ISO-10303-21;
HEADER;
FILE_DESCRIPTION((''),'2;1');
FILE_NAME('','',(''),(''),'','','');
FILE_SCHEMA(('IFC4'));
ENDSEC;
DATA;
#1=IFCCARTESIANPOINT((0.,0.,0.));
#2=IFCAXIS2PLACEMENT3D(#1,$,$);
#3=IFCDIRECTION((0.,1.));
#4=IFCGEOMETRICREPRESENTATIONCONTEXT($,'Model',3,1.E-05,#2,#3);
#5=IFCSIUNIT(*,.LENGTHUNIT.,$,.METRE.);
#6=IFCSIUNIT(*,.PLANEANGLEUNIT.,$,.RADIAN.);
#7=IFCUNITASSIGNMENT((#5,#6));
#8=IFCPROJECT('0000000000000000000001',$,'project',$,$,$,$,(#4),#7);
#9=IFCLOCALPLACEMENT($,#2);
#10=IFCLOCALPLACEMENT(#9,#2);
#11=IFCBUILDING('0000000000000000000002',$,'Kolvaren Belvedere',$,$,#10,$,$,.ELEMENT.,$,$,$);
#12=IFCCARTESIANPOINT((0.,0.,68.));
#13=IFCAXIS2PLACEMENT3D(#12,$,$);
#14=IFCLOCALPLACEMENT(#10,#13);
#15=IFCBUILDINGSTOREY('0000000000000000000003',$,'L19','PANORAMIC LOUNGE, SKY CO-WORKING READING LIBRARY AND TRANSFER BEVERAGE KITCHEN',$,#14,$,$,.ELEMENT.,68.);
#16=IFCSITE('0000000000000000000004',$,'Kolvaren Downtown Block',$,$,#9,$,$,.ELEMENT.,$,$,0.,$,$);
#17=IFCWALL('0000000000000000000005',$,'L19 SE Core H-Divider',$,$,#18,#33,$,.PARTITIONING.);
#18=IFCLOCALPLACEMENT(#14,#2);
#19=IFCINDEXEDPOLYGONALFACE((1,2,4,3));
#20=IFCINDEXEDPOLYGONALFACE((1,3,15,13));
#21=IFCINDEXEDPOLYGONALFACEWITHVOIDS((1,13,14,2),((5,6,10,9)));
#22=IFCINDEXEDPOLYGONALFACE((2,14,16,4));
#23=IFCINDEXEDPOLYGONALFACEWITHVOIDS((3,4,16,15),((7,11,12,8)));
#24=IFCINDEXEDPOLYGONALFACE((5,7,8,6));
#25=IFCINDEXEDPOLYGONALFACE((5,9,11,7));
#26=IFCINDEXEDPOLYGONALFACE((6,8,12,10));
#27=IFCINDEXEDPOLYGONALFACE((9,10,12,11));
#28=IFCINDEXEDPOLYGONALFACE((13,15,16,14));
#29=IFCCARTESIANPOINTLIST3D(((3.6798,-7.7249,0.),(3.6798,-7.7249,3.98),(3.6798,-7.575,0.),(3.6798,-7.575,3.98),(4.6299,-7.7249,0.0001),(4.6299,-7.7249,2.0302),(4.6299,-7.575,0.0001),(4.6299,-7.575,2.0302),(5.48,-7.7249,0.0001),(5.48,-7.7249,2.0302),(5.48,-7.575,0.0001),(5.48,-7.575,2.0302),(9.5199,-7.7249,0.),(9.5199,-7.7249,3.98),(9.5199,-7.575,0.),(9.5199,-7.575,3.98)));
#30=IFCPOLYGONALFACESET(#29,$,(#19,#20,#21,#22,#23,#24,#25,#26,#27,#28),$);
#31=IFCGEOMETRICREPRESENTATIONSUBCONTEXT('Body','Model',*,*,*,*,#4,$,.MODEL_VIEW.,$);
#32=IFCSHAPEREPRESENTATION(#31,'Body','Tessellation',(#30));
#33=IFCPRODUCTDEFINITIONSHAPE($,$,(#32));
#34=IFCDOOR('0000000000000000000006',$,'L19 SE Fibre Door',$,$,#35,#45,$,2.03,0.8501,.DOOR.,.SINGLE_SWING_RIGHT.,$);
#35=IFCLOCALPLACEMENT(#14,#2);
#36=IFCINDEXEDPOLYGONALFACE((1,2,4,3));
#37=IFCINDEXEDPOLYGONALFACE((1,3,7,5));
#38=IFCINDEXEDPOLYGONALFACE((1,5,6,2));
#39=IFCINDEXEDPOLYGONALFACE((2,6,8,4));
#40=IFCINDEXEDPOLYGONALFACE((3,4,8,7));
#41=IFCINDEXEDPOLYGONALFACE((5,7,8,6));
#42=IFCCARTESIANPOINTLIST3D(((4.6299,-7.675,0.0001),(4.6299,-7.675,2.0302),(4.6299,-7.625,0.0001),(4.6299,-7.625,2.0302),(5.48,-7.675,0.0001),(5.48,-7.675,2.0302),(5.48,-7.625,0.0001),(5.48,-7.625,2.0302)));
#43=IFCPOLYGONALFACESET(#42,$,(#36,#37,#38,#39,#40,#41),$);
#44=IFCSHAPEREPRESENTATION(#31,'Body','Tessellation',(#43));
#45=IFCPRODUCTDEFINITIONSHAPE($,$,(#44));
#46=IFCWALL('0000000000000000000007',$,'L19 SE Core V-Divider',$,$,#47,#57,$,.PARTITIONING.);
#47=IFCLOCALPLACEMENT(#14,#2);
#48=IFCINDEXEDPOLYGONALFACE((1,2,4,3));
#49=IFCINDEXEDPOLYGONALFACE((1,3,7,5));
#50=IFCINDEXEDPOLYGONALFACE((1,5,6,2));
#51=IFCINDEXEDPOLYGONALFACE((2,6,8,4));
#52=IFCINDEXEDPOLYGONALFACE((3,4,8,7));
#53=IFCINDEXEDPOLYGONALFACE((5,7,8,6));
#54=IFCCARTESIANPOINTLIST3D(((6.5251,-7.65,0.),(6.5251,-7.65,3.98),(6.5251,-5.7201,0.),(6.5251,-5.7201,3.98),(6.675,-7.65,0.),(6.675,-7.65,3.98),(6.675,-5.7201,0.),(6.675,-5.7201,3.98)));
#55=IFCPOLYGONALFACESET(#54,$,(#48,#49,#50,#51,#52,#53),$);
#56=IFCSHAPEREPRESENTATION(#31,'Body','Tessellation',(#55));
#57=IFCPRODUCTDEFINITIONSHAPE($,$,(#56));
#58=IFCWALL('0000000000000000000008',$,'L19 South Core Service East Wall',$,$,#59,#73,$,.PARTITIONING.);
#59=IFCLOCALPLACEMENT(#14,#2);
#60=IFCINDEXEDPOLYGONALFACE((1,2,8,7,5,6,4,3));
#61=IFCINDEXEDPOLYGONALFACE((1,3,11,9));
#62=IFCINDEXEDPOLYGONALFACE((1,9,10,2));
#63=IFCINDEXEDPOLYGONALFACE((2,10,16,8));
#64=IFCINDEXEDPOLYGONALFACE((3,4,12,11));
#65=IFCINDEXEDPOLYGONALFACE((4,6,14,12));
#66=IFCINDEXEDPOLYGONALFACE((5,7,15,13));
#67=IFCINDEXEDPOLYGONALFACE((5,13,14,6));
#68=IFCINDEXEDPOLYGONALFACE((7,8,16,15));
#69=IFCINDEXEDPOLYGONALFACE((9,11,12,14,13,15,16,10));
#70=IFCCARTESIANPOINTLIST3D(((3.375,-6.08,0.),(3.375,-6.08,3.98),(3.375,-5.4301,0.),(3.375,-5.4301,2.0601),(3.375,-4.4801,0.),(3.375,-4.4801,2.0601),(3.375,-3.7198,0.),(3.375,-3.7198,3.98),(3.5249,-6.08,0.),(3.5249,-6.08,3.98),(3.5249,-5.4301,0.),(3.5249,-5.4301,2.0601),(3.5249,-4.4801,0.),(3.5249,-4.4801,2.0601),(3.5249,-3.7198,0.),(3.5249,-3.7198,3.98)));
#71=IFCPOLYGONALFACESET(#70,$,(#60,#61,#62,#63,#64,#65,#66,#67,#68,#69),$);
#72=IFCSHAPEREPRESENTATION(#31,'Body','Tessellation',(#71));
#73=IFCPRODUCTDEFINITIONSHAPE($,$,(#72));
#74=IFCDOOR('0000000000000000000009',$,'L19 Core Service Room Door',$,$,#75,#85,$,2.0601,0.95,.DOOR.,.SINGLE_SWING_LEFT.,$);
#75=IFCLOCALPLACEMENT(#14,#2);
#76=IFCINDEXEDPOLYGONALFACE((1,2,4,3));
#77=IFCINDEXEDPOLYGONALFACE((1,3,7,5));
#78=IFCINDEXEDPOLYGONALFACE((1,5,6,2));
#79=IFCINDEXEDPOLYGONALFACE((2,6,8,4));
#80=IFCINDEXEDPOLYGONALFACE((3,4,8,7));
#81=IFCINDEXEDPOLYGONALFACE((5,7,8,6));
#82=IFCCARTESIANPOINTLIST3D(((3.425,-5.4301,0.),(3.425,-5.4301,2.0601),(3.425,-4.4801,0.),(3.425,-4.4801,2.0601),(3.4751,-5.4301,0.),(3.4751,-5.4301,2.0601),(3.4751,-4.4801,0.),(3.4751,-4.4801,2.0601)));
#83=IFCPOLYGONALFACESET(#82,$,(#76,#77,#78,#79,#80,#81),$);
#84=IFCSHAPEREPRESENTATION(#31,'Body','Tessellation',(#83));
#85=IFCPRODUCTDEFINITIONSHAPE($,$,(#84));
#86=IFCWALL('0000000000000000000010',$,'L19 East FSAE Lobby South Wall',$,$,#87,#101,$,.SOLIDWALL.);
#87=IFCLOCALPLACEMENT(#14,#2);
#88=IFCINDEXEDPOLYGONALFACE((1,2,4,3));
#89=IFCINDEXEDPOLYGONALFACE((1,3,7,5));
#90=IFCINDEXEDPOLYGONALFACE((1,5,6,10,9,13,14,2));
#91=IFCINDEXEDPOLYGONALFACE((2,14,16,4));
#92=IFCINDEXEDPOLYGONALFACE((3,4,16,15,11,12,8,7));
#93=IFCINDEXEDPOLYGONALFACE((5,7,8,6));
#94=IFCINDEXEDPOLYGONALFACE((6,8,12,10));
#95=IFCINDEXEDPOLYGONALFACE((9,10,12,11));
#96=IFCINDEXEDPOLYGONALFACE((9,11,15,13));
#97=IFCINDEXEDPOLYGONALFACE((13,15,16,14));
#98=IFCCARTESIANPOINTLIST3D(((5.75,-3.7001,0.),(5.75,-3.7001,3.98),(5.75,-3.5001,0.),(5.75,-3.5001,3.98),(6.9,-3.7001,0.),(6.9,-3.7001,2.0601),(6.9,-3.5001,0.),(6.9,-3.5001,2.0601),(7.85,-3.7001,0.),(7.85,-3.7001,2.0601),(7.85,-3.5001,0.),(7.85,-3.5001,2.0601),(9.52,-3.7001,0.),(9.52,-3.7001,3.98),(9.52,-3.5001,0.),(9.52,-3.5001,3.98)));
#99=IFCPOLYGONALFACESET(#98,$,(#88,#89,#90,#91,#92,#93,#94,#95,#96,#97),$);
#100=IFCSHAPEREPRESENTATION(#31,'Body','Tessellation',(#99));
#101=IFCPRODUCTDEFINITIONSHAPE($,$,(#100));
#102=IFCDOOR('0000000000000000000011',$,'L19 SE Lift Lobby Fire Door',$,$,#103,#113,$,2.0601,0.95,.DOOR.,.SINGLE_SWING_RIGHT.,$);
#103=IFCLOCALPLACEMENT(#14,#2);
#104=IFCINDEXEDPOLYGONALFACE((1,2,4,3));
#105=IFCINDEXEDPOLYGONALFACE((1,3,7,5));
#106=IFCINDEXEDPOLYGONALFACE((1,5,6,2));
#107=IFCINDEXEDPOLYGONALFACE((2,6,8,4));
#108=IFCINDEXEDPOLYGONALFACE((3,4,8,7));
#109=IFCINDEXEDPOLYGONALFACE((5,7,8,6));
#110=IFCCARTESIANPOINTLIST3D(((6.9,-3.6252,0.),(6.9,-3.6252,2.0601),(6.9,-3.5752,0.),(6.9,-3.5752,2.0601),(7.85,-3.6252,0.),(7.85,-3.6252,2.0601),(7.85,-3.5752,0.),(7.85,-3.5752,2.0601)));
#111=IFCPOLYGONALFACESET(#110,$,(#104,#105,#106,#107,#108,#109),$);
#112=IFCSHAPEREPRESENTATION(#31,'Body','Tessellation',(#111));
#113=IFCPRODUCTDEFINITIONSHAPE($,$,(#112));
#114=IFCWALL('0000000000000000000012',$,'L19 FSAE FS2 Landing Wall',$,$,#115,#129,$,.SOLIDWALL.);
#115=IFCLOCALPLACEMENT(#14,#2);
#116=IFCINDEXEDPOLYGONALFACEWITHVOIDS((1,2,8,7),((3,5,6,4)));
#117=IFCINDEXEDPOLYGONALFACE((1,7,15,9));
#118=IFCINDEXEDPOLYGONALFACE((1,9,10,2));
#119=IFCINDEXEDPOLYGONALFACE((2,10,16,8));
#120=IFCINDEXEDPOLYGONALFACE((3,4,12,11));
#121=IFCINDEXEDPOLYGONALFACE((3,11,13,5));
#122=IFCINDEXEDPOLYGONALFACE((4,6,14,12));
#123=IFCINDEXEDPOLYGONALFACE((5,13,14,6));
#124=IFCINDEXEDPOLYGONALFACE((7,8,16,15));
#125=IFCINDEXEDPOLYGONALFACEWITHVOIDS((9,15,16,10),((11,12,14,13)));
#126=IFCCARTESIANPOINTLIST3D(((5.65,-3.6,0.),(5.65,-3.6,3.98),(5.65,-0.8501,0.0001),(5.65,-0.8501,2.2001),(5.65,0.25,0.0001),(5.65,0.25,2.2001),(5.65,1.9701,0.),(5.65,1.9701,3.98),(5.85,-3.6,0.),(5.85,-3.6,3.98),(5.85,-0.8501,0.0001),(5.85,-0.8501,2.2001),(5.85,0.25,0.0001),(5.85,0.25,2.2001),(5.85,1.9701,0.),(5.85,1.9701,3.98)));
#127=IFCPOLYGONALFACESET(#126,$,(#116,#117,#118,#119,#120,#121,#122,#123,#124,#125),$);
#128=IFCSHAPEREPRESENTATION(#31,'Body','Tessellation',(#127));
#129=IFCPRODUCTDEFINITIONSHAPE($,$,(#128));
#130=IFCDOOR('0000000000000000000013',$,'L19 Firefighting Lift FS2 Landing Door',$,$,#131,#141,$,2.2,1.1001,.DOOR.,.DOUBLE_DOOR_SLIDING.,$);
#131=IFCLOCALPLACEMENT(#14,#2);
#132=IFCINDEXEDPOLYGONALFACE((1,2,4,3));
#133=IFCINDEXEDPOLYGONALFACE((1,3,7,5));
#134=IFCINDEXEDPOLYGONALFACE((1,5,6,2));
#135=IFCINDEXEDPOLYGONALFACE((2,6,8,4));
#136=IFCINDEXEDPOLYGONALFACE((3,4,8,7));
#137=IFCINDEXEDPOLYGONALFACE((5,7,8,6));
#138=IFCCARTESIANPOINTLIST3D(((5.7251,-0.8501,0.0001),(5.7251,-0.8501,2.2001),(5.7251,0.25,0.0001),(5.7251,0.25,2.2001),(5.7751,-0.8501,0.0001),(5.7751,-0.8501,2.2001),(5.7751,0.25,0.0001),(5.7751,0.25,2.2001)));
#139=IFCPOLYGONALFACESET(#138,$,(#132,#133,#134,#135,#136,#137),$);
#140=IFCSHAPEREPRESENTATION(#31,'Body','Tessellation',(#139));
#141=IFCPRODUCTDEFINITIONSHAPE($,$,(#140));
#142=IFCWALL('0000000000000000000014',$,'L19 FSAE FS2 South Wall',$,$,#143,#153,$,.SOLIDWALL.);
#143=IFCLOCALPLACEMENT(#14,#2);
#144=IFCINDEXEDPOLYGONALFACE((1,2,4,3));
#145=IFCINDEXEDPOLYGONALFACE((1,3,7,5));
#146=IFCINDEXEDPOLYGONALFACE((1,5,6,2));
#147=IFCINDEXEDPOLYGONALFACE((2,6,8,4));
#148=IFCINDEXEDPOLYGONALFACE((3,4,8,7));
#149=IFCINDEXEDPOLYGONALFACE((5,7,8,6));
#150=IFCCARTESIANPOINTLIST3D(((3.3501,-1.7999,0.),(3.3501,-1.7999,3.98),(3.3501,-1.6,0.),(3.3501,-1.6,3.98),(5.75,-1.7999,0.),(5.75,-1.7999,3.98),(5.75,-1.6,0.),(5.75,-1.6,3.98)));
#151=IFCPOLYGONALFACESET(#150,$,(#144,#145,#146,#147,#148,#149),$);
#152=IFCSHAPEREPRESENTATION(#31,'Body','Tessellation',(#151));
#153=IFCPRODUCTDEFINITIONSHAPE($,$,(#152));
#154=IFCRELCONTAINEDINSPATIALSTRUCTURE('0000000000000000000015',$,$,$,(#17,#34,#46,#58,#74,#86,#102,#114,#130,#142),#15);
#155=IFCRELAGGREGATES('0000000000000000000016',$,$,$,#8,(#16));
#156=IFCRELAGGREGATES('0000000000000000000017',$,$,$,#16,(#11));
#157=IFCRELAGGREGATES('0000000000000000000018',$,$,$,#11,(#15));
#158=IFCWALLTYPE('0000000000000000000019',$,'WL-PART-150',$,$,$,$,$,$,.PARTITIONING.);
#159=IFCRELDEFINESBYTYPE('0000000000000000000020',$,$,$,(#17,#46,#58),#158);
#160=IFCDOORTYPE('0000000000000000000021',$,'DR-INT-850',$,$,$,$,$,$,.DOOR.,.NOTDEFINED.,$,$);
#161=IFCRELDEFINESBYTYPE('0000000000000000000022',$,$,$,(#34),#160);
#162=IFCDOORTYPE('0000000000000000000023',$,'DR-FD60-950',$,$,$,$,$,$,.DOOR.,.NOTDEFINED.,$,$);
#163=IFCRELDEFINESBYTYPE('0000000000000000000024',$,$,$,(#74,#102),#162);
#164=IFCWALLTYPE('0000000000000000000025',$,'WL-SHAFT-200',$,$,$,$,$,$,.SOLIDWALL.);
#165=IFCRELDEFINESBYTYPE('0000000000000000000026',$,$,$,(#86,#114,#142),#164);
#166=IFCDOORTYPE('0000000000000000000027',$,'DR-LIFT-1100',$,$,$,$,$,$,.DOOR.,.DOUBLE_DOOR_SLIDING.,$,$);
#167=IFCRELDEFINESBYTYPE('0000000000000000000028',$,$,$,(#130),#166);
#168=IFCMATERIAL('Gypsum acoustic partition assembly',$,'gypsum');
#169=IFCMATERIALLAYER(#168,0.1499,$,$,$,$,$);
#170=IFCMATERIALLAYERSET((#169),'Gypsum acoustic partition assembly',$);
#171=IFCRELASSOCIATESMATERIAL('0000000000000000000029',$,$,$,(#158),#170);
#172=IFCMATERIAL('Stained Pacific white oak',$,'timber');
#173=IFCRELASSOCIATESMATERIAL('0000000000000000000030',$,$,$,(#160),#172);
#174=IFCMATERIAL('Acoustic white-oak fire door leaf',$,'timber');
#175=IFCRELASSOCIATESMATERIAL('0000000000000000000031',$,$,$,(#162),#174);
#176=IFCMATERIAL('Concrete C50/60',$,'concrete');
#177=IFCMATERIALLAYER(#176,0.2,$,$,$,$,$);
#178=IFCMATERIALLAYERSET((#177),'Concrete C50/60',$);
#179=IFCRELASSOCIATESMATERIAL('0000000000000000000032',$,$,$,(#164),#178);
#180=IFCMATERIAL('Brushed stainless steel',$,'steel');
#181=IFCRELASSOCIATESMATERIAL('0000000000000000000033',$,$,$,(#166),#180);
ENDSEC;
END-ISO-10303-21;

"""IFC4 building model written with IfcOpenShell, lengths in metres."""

from ifc_helpers import new_model, si_unit, direction, frame, frame_2d, origin, place, context, subcontext, project, spatial, rectangle, extrude, material, layer, layer_set, type_object, element, fill, save


model = new_model("IFC4")

# Units and contexts
model_context = context("Model", 3, precision=1e-05, world=origin(), true_north=direction((0.0, 1.0)))
body_context = subcontext(model_context, "Body", "Model", "MODEL_VIEW")
ifc_project = project(units=[si_unit("LENGTHUNIT", "METRE"), si_unit("PLANEANGLEUNIT", "RADIAN")], contexts=[model_context])

# Site, building, storey
site_placement = place(None, origin())
site = spatial("IfcSite", under=ifc_project, at=site_placement, Name="Kolvaren Downtown Block", CompositionType="ELEMENT", RefElevation=0.0)
building_placement = place(site_placement, origin())
building = spatial("IfcBuilding", under=site, at=building_placement, Name="Kolvaren Belvedere", CompositionType="ELEMENT")
storey_placement = place(building_placement, frame((0.0, 0.0, 68.0)))
storey = spatial("IfcBuildingStorey", under=building, at=storey_placement, Name="L19", Description="PANORAMIC LOUNGE, SKY CO-WORKING READING LIBRARY AND TRANSFER BEVERAGE KITCHEN", CompositionType="ELEMENT", Elevation=68.0)

# Wall, opening, door
ifc_material_1 = material(Name="Gypsum acoustic partition assembly", Category="gypsum")
ifc_layer_1 = layer(ifc_material_1, 0.1499)
ifc_layer_set_1 = layer_set([ifc_layer_1], Name="Gypsum acoustic partition assembly")
wall_type_1 = type_object("IfcWallType", Name="WL-PART-150", PredefinedType="PARTITIONING", material=ifc_layer_set_1)
wall_1_placement = place(storey_placement, frame((3.6799, -7.6499, 0.0), z_axis=(0.0, 0.0, 1.0), x_axis=(1.0, 0.0, 0.0)))
wall_1 = element("IfcWall", 1, at=wall_1_placement, inside=storey, type_object=wall_type_1, Name="L19 SE Core H-Divider", PredefinedType="PARTITIONING", context=body_context, shape_type="SweptSolid", body=[
    extrude(rectangle(XDim=5.8401, YDim=0.1499, at=frame_2d((2.9199, 0.0))), origin(), (0.0, 0.0, 1.0), 3.98),
])
opening_1_placement = place(wall_1_placement, frame((0.95, 0.0, 0.0)))
opening_1 = element("IfcOpeningElement", 2, at=opening_1_placement, cuts=wall_1, PredefinedType="OPENING", context=body_context, shape_type="SweptSolid", body=[
    extrude(rectangle(XDim=0.8501, YDim=2.03, at=frame_2d((0.425, 1.0151))), frame((0.0, 0.085, 0.0), z_axis=(0.0, -1.0, 0.0), x_axis=(1.0, 0.0, 0.0)), (0.0, 0.0, 1.0), 0.1699),
])
ifc_material_2 = material(Name="Stained Pacific white oak", Category="timber")
door_type_1 = type_object("IfcDoorType", Name="DR-INT-850", OperationType="NOTDEFINED", PredefinedType="DOOR", material=ifc_material_2)
door_1_placement = place(opening_1_placement, origin())
door_1 = element("IfcDoor", 3, at=door_1_placement, inside=storey, type_object=door_type_1, Name="L19 SE Fibre Door", OperationType="SINGLE_SWING_RIGHT", OverallHeight=2.03, OverallWidth=0.8501, PredefinedType="DOOR", context=body_context, shape_type="SweptSolid", body=[
    extrude(rectangle(XDim=0.8501, YDim=2.03, at=frame_2d((0.425, 1.0151))), frame((0.0, 0.0249, 0.0), z_axis=(0.0, -1.0, 0.0), x_axis=(1.0, 0.0, 0.0)), (0.0, 0.0, 1.0), 0.05),
])
fill(opening_1, door_1)

# Wall
wall_2_placement = place(storey_placement, frame((6.6001, -7.6499, 0.0), z_axis=(0.0, 0.0, 1.0), x_axis=(0.0, 1.0, 0.0)))
element("IfcWall", 4, at=wall_2_placement, inside=storey, type_object=wall_type_1, Name="L19 SE Core V-Divider", PredefinedType="PARTITIONING", context=body_context, shape_type="SweptSolid", body=[
    extrude(rectangle(XDim=1.9299, YDim=0.1499, at=frame_2d((0.9648, 0.0))), origin(), (0.0, 0.0, 1.0), 3.98),
])

# Walls, openings, doors
wall_3_placement = place(storey_placement, frame((3.45, -6.0801, 0.0), z_axis=(0.0, 0.0, 1.0), x_axis=(0.0, 1.0, 0.0)))
wall_3 = element("IfcWall", 5, at=wall_3_placement, inside=storey, type_object=wall_type_1, Name="L19 South Core Service East Wall", PredefinedType="PARTITIONING", context=body_context, shape_type="SweptSolid", body=[
    extrude(rectangle(XDim=2.3601, YDim=0.1499, at=frame_2d((1.1802, 0.0))), origin(), (0.0, 0.0, 1.0), 3.98),
])
opening_2_placement = place(wall_3_placement, frame((0.6499, 0.0, 0.0)))
opening_2 = element("IfcOpeningElement", 6, at=opening_2_placement, cuts=wall_3, PredefinedType="OPENING", context=body_context, shape_type="SweptSolid", body=[
    extrude(rectangle(XDim=0.95, YDim=2.0601, at=frame_2d((0.4751, 1.03))), frame((0.0, 0.085, 0.0), z_axis=(0.0, -1.0, 0.0), x_axis=(1.0, 0.0, 0.0)), (0.0, 0.0, 1.0), 0.1699),
])
ifc_material_3 = material(Name="Acoustic white-oak fire door leaf", Category="timber")
door_type_2 = type_object("IfcDoorType", Name="DR-FD60-950", OperationType="NOTDEFINED", PredefinedType="DOOR", material=ifc_material_3)
door_2_placement = place(opening_2_placement, origin())
door_2 = element("IfcDoor", 7, at=door_2_placement, inside=storey, type_object=door_type_2, Name="L19 Core Service Room Door", OperationType="SINGLE_SWING_LEFT", OverallHeight=2.0601, OverallWidth=0.95, PredefinedType="DOOR", context=body_context, shape_type="SweptSolid", body=[
    extrude(rectangle(XDim=0.95, YDim=2.0601, at=frame_2d((0.4751, 1.03))), frame((0.0, 0.0249, 0.0), z_axis=(0.0, -1.0, 0.0), x_axis=(1.0, 0.0, 0.0)), (0.0, 0.0, 1.0), 0.05),
])
fill(opening_2, door_2)
ifc_material_4 = material(Name="Concrete C50/60", Category="concrete")
ifc_layer_2 = layer(ifc_material_4, 0.2)
ifc_layer_set_2 = layer_set([ifc_layer_2], Name="Concrete C50/60")
wall_type_2 = type_object("IfcWallType", Name="WL-SHAFT-200", PredefinedType="SOLIDWALL", material=ifc_layer_set_2)
wall_4_placement = place(storey_placement, frame((5.75, -3.6001, 0.0), z_axis=(0.0, 0.0, 1.0), x_axis=(1.0, 0.0, 0.0)))
wall_4 = element("IfcWall", 8, at=wall_4_placement, inside=storey, type_object=wall_type_2, Name="L19 East FSAE Lobby South Wall", PredefinedType="SOLIDWALL", context=body_context, shape_type="SweptSolid", body=[
    extrude(rectangle(XDim=3.77, YDim=0.2, at=frame_2d((1.885, 0.0))), origin(), (0.0, 0.0, 1.0), 3.98),
])
opening_3_placement = place(wall_4_placement, frame((1.1499, 0.0, 0.0)))
opening_3 = element("IfcOpeningElement", 9, at=opening_3_placement, cuts=wall_4, PredefinedType="OPENING", context=body_context, shape_type="SweptSolid", body=[
    extrude(rectangle(XDim=0.95, YDim=2.0601, at=frame_2d((0.4751, 1.03))), frame((0.0, 0.1099, 0.0), z_axis=(0.0, -1.0, 0.0), x_axis=(1.0, 0.0, 0.0)), (0.0, 0.0, 1.0), 0.22),
])
door_3_placement = place(opening_3_placement, origin())
door_3 = element("IfcDoor", 10, at=door_3_placement, inside=storey, type_object=door_type_2, Name="L19 SE Lift Lobby Fire Door", OperationType="SINGLE_SWING_RIGHT", OverallHeight=2.0601, OverallWidth=0.95, PredefinedType="DOOR", context=body_context, shape_type="SweptSolid", body=[
    extrude(rectangle(XDim=0.95, YDim=2.0601, at=frame_2d((0.4751, 1.03))), frame((0.0, 0.0249, 0.0), z_axis=(0.0, -1.0, 0.0), x_axis=(1.0, 0.0, 0.0)), (0.0, 0.0, 1.0), 0.05),
])
fill(opening_3, door_3)
wall_5_placement = place(storey_placement, frame((5.75, -3.6001, 0.0), z_axis=(0.0, 0.0, 1.0), x_axis=(0.0, 1.0, 0.0)))
wall_5 = element("IfcWall", 11, at=wall_5_placement, inside=storey, type_object=wall_type_2, Name="L19 FSAE FS2 Landing Wall", PredefinedType="SOLIDWALL", context=body_context, shape_type="SweptSolid", body=[
    extrude(rectangle(XDim=5.5701, YDim=0.2, at=frame_2d((2.7852, 0.0))), origin(), (0.0, 0.0, 1.0), 3.98),
])
opening_4_placement = place(wall_5_placement, frame((2.75, 0.0, 0.0)))
opening_4 = element("IfcOpeningElement", 12, at=opening_4_placement, cuts=wall_5, PredefinedType="OPENING", context=body_context, shape_type="SweptSolid", body=[
    extrude(rectangle(XDim=1.1001, YDim=2.2, at=frame_2d((0.55, 1.1001))), frame((0.0, 0.1099, 0.0), z_axis=(0.0, -1.0, 0.0), x_axis=(1.0, 0.0, 0.0)), (0.0, 0.0, 1.0), 0.22),
])
ifc_material_5 = material(Name="Brushed stainless steel", Category="steel")
door_type_3 = type_object("IfcDoorType", Name="DR-LIFT-1100", OperationType="DOUBLE_DOOR_SLIDING", PredefinedType="DOOR", material=ifc_material_5)
door_4_placement = place(opening_4_placement, origin())
door_4 = element("IfcDoor", 13, at=door_4_placement, inside=storey, type_object=door_type_3, Name="L19 Firefighting Lift FS2 Landing Door", OperationType="DOUBLE_DOOR_SLIDING", OverallHeight=2.2, OverallWidth=1.1001, PredefinedType="DOOR", context=body_context, shape_type="SweptSolid", body=[
    extrude(rectangle(XDim=1.1001, YDim=2.2, at=frame_2d((0.55, 1.1001))), frame((0.0, 0.0249, 0.0), z_axis=(0.0, -1.0, 0.0), x_axis=(1.0, 0.0, 0.0)), (0.0, 0.0, 1.0), 0.05),
])
fill(opening_4, door_4)

# Wall
wall_6_placement = place(storey_placement, frame((3.3501, -1.7, 0.0), z_axis=(0.0, 0.0, 1.0), x_axis=(1.0, 0.0, 0.0)))
element("IfcWall", 14, at=wall_6_placement, inside=storey, type_object=wall_type_2, Name="L19 FSAE FS2 South Wall", PredefinedType="SOLIDWALL", context=body_context, shape_type="SweptSolid", body=[
    extrude(rectangle(XDim=2.3999, YDim=0.2, at=frame_2d((1.2, 0.0))), origin(), (0.0, 0.0, 1.0), 3.98),
])

save(model, "model.ifc")
